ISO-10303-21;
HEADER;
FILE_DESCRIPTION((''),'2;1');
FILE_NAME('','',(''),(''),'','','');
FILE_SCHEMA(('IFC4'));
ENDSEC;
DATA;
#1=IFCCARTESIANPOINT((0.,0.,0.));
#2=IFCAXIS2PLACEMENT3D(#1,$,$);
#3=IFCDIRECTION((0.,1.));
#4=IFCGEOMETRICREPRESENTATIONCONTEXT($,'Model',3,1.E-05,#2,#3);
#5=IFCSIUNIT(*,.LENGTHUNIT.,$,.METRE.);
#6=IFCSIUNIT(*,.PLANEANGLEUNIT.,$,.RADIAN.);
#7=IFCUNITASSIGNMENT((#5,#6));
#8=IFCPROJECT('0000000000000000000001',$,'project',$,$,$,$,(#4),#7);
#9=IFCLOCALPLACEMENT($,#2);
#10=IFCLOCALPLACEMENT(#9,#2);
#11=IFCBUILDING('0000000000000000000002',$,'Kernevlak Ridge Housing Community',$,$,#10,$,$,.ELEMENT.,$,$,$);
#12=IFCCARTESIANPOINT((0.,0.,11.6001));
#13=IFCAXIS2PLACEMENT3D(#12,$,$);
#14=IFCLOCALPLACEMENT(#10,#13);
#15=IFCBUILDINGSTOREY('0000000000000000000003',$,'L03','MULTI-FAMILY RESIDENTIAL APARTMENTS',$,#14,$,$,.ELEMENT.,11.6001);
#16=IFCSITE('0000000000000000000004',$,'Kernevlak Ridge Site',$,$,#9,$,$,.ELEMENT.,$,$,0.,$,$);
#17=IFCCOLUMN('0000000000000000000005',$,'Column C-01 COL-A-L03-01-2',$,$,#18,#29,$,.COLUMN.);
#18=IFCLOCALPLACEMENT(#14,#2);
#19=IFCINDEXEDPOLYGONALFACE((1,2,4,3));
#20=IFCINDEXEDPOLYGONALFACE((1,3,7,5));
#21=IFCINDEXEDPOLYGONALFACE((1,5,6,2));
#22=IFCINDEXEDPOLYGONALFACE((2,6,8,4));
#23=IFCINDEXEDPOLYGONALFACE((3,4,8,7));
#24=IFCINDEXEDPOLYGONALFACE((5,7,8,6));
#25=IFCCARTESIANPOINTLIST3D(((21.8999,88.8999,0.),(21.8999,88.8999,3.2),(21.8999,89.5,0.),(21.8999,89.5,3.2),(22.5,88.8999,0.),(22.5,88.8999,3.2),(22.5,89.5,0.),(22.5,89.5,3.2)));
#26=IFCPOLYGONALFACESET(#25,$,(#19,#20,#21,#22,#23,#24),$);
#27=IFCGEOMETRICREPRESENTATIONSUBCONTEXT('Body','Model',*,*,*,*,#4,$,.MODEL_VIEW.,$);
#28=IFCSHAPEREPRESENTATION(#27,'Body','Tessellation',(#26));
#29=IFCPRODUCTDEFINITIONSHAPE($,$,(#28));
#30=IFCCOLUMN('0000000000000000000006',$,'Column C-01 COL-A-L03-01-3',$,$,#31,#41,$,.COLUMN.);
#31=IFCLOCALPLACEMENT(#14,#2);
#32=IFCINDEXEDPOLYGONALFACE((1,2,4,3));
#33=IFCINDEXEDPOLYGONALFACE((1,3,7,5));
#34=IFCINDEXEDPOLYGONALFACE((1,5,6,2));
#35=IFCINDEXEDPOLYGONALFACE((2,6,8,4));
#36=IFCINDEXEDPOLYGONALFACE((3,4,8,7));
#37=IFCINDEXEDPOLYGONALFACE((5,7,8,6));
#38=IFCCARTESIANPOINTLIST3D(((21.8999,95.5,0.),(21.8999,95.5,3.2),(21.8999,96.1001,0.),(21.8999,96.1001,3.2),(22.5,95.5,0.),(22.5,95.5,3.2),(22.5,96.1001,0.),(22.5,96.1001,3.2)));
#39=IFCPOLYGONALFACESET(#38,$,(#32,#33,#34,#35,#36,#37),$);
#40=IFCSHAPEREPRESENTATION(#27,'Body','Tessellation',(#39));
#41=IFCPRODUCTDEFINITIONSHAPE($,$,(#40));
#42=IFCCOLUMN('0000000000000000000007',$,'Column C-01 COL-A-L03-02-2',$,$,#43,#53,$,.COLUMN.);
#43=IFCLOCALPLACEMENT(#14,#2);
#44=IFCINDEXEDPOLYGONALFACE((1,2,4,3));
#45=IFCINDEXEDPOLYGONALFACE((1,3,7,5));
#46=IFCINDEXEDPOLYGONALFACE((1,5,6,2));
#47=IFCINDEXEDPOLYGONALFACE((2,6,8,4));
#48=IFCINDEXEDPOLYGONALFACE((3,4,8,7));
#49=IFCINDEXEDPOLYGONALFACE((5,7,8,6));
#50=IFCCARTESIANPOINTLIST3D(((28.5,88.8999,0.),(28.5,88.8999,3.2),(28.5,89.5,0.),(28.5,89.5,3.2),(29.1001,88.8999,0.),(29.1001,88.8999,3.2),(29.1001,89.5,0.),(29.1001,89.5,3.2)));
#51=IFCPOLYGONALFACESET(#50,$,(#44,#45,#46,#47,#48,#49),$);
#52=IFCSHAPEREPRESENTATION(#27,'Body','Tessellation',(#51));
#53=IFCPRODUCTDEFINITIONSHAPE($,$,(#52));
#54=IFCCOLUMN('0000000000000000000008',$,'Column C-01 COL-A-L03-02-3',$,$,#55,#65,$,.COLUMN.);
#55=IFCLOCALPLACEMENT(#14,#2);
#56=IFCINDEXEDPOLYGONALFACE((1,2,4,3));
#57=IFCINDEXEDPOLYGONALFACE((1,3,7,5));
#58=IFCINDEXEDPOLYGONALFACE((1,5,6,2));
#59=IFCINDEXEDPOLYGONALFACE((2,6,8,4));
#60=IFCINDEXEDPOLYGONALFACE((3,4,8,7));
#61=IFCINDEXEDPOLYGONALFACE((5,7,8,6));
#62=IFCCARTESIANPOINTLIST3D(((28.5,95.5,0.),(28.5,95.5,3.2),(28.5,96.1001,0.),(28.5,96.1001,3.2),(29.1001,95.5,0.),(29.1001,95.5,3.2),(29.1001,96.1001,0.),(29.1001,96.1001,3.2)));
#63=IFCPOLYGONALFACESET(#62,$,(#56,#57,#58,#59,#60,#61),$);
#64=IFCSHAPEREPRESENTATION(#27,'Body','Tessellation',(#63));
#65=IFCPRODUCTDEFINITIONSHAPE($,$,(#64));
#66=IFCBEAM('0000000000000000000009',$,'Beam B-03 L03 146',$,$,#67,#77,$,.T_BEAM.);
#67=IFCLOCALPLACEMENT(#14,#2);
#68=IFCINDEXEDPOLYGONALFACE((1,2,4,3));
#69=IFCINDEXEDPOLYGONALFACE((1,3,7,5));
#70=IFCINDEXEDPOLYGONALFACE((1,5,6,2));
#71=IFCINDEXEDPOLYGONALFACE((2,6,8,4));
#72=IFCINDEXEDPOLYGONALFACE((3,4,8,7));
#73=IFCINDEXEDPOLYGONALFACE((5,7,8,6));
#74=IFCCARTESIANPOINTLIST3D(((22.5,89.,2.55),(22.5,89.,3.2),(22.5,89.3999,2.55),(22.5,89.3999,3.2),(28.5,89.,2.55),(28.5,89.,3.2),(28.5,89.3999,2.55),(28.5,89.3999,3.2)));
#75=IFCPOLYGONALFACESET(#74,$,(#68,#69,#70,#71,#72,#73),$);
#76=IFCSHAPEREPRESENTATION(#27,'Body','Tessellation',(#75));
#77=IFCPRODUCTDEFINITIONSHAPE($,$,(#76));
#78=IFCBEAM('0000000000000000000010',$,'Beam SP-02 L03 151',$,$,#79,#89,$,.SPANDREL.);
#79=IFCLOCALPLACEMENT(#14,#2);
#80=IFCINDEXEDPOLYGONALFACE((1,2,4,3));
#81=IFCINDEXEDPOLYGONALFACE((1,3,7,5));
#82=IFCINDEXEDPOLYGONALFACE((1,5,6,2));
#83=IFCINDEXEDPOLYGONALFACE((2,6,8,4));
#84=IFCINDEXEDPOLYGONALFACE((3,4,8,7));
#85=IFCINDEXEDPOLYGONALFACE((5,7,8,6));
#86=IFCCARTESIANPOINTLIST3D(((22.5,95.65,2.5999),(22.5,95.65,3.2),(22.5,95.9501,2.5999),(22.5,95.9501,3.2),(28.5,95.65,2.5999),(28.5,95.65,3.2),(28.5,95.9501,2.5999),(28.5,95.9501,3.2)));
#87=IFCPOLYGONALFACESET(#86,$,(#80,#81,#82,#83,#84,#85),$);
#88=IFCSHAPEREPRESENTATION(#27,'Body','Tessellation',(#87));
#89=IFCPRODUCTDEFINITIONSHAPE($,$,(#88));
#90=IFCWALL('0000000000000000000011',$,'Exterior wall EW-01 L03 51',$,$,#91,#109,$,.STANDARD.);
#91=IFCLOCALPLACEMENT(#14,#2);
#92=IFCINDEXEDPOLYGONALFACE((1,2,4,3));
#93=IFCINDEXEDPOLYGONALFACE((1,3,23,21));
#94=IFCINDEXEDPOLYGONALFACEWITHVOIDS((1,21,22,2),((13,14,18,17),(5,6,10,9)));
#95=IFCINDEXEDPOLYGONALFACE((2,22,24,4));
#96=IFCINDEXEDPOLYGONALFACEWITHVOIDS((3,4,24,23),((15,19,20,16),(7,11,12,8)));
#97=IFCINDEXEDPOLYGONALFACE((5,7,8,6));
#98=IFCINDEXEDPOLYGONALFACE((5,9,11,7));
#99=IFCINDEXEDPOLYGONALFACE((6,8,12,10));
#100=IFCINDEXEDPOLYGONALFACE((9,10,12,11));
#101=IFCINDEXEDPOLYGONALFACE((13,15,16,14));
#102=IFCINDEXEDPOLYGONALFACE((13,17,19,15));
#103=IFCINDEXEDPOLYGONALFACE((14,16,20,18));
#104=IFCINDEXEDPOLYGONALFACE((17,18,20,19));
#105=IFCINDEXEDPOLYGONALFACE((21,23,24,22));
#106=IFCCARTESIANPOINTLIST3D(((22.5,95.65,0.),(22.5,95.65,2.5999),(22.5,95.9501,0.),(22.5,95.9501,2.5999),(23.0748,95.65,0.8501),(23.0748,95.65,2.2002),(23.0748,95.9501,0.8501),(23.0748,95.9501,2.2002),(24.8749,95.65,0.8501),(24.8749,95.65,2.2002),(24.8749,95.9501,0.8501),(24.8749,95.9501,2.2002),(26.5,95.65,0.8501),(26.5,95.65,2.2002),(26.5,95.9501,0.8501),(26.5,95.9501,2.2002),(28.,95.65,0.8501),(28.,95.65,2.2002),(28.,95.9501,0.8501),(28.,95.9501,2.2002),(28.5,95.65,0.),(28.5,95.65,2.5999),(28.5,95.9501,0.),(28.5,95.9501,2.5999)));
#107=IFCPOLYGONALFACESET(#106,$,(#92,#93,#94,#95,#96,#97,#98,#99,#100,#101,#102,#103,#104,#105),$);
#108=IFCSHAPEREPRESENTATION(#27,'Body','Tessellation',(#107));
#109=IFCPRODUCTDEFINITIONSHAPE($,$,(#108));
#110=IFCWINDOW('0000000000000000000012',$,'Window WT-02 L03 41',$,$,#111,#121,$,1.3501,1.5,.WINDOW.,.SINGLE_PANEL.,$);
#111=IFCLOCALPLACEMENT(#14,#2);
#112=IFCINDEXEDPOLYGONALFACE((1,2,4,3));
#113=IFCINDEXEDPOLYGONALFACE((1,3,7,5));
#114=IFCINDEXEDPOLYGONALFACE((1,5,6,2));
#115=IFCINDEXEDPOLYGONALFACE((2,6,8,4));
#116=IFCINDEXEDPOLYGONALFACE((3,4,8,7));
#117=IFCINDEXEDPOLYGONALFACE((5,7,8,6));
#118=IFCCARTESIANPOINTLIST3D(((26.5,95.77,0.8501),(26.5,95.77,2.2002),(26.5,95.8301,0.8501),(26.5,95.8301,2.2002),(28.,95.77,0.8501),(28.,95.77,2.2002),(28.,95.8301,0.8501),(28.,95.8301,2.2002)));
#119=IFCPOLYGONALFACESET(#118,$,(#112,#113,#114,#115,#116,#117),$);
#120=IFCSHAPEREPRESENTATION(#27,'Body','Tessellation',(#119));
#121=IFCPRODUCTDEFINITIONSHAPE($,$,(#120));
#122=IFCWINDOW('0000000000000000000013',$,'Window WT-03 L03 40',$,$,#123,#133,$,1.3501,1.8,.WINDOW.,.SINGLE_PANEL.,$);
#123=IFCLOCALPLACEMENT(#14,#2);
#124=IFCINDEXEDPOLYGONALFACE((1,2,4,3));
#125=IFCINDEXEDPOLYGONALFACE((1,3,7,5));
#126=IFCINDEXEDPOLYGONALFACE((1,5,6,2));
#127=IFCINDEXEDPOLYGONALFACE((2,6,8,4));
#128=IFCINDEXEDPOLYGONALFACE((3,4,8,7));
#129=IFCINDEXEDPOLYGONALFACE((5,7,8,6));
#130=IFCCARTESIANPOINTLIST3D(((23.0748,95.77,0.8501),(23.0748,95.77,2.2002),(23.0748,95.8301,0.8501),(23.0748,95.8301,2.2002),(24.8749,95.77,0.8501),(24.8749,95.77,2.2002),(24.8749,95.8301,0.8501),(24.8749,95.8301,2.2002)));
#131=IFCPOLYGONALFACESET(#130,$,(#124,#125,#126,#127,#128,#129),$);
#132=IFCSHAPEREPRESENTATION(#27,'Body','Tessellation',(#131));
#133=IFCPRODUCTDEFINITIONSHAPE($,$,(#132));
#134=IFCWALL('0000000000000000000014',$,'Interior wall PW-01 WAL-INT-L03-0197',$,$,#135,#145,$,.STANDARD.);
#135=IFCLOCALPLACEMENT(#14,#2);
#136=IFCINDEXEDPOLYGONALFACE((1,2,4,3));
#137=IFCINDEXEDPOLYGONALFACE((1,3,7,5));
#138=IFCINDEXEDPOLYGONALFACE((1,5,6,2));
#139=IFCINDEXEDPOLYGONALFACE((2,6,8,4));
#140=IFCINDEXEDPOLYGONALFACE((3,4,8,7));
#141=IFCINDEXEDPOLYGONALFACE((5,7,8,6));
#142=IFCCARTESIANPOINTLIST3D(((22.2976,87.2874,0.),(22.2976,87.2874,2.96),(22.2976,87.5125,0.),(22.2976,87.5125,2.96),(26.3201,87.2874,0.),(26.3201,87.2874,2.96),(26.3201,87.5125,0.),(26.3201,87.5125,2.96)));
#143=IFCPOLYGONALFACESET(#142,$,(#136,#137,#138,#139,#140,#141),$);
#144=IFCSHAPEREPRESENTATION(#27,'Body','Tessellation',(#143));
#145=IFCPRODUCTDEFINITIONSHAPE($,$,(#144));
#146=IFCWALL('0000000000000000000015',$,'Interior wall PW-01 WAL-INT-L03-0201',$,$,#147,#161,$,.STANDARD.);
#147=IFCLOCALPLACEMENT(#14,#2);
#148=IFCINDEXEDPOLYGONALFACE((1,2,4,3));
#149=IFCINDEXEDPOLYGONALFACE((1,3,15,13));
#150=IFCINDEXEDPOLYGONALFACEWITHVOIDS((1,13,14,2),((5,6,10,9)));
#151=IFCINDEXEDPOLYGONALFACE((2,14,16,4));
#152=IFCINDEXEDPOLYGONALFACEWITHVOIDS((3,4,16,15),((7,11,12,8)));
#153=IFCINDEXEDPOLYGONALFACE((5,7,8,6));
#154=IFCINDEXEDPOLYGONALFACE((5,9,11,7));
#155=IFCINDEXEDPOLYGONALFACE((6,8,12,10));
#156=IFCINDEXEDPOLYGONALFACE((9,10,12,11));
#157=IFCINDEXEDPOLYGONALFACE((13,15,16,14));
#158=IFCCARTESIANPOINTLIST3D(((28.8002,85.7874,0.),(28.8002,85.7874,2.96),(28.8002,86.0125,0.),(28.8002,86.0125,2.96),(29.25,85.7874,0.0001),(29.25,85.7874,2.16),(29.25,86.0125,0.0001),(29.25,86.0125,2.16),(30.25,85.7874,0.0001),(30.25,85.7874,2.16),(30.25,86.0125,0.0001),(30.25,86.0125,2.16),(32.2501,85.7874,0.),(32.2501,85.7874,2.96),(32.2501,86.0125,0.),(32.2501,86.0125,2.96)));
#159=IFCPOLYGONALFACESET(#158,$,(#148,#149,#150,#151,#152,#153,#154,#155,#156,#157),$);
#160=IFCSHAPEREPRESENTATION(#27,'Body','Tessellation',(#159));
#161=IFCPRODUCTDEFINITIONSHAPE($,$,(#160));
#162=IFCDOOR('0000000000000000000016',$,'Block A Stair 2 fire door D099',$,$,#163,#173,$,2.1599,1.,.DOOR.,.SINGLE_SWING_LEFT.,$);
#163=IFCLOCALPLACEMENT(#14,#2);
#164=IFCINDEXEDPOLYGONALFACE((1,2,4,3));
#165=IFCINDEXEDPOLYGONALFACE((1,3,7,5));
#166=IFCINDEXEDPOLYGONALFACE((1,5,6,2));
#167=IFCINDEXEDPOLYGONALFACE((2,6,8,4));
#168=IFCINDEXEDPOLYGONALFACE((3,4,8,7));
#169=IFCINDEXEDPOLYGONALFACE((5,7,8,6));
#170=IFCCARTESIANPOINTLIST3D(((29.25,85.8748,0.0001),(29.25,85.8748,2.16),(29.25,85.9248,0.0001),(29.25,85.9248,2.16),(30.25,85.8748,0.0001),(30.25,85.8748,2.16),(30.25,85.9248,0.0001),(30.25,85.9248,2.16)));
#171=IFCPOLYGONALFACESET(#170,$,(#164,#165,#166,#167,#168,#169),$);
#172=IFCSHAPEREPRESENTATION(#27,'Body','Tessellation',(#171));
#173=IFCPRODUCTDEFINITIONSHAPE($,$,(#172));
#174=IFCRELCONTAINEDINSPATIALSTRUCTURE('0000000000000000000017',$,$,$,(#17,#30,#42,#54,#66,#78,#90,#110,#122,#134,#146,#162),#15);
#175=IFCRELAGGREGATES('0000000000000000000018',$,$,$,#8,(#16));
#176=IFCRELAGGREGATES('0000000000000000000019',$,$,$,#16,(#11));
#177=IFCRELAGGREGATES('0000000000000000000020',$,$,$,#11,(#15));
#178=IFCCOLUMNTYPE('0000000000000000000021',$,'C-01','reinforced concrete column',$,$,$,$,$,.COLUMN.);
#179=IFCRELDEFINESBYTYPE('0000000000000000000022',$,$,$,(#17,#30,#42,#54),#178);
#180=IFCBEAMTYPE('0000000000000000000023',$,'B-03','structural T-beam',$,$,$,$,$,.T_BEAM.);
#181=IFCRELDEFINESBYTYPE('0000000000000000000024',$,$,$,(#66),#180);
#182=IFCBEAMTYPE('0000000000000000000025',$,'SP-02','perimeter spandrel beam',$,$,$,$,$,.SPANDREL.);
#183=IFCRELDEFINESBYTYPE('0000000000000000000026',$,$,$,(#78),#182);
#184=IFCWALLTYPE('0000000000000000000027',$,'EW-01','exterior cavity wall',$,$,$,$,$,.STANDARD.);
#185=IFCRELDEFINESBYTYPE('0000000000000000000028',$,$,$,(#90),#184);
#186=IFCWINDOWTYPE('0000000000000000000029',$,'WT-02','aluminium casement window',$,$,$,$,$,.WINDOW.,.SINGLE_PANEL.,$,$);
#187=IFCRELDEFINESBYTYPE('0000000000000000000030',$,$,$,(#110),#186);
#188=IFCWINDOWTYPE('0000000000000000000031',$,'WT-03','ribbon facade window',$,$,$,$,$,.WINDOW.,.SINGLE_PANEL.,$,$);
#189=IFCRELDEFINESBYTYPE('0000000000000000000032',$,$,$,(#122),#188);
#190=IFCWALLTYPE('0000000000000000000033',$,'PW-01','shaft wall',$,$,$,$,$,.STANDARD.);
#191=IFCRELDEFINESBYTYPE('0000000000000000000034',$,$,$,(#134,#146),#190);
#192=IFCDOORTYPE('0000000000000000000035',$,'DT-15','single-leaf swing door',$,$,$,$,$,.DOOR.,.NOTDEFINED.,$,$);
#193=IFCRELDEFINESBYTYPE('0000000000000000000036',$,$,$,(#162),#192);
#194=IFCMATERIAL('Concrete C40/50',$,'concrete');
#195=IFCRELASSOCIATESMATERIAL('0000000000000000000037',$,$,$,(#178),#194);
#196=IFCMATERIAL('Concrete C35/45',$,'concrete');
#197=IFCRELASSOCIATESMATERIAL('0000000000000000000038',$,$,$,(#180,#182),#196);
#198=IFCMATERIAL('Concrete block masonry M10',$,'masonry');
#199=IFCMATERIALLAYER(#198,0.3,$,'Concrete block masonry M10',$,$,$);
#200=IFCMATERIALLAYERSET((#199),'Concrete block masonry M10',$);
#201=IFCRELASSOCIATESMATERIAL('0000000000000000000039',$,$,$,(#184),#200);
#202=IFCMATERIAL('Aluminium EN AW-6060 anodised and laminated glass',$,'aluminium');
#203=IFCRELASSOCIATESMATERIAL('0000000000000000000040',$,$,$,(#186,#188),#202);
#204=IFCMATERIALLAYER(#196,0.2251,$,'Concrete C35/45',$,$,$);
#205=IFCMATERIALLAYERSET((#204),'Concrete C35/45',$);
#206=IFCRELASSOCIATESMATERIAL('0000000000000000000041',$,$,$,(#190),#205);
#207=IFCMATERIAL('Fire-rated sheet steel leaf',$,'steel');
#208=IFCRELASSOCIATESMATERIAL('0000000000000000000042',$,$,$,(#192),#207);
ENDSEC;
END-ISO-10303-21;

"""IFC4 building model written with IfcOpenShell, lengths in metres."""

from ifc_helpers import new_model, si_unit, direction, frame, frame_2d, origin, origin_2d, place, context, subcontext, project, spatial, rectangle, extrude, material, layer, layer_set, material_profile, profile_set, type_object, element, fill, save


model = new_model("IFC4")

# Units and contexts
model_context = context("Model", 3, precision=1e-05, world=origin(), true_north=direction((0.0, 1.0)))
body_context = subcontext(model_context, "Body", "Model", "MODEL_VIEW")
ifc_project = project(units=[si_unit("LENGTHUNIT", "METRE"), si_unit("PLANEANGLEUNIT", "RADIAN")], contexts=[model_context])

# Site, building, storey
site_placement = place(None, origin())
site = spatial("IfcSite", under=ifc_project, at=site_placement, Name="Kernevlak Ridge Site", CompositionType="ELEMENT", RefElevation=0.0)
building_placement = place(site_placement, origin())
building = spatial("IfcBuilding", under=site, at=building_placement, Name="Kernevlak Ridge Housing Community", CompositionType="ELEMENT")
storey_placement = place(building_placement, frame((0.0, 0.0, 11.6001)))
storey = spatial("IfcBuildingStorey", under=building, at=storey_placement, Name="L03", Description="MULTI-FAMILY RESIDENTIAL APARTMENTS", CompositionType="ELEMENT", Elevation=11.6001)

# Columns
ifc_material_1 = material(Name="Concrete C40/50", Category="concrete")
ifc_material_profile_1 = material_profile(ifc_material_1, rectangle(XDim=0.6001, YDim=0.6001, at=origin_2d()), Name="RC 600x600")
ifc_profile_set_1 = profile_set([ifc_material_profile_1], Name="Concrete C40/50")
column_type = type_object("IfcColumnType", Name="C-01", Description="reinforced concrete column", PredefinedType="COLUMN", material=ifc_profile_set_1)
for number, where, z_axis, x_axis, name in (
    (1, (22.2, 89.2, 0.0), (0.0, 0.0, 1.0), (1.0, 0.0, 0.0), "Column C-01 COL-A-L03-01-2"),
    (2, (22.2, 95.8, 0.0), (0.0, 0.0, 1.0), (1.0, 0.0, 0.0), "Column C-01 COL-A-L03-01-3"),
    (3, (28.8, 89.2, 0.0), (0.0, 0.0, 1.0), (1.0, 0.0, 0.0), "Column C-01 COL-A-L03-02-2"),
    (4, (28.8, 95.8, 0.0), (0.0, 0.0, 1.0), (1.0, 0.0, 0.0), "Column C-01 COL-A-L03-02-3"),
):
    element("IfcColumn", number, at=place(storey_placement, frame(where, z_axis=z_axis, x_axis=x_axis)), inside=storey, type_object=column_type, Name=name, PredefinedType="COLUMN", context=body_context, shape_type="SweptSolid", body=[
        extrude(rectangle(XDim=0.6001, YDim=0.6001, at=origin_2d()), origin(), (0.0, 0.0, 1.0), 3.2),
    ])

# Beams
ifc_material_2 = material(Name="Concrete C35/45", Category="concrete")
ifc_material_profile_2 = material_profile(ifc_material_2, rectangle(XDim=0.3999, YDim=0.6499, at=origin_2d()), Name="RC 400x650")
ifc_profile_set_2 = profile_set([ifc_material_profile_2], Name="Concrete C35/45")
beam_type_1 = type_object("IfcBeamType", Name="B-03", Description="structural T-beam", PredefinedType="T_BEAM", material=ifc_profile_set_2)
beam_1_placement = place(storey_placement, frame((22.5, 89.2, 2.875), z_axis=(1.0, 0.0, 0.0), x_axis=(0.0, 1.0, 0.0)))
element("IfcBeam", 5, at=beam_1_placement, inside=storey, type_object=beam_type_1, Name="Beam B-03 L03 146", PredefinedType="T_BEAM", context=body_context, shape_type="SweptSolid", body=[
    extrude(rectangle(XDim=0.3999, YDim=0.6499, at=origin_2d()), origin(), (0.0, 0.0, 1.0), 6.0),
])
ifc_material_profile_3 = material_profile(ifc_material_2, rectangle(XDim=0.3, YDim=0.6001, at=origin_2d()), Name="RC 300x600")
ifc_profile_set_3 = profile_set([ifc_material_profile_3], Name="Concrete C35/45")
beam_type_2 = type_object("IfcBeamType", Name="SP-02", Description="perimeter spandrel beam", PredefinedType="SPANDREL", material=ifc_profile_set_3)
beam_2_placement = place(storey_placement, frame((22.5, 95.8, 2.8999), z_axis=(1.0, 0.0, 0.0), x_axis=(0.0, 1.0, 0.0)))
element("IfcBeam", 6, at=beam_2_placement, inside=storey, type_object=beam_type_2, Name="Beam SP-02 L03 151", PredefinedType="SPANDREL", context=body_context, shape_type="SweptSolid", body=[
    extrude(rectangle(XDim=0.3, YDim=0.6001, at=origin_2d()), origin(), (0.0, 0.0, 1.0), 6.0),
])

# Wall, openings, windows
ifc_material_3 = material(Name="Concrete block masonry M10", Category="masonry")
ifc_layer_1 = layer(ifc_material_3, 0.3, Name="Concrete block masonry M10")
ifc_layer_set_1 = layer_set([ifc_layer_1], Name="Concrete block masonry M10")
wall_type_1 = type_object("IfcWallType", Name="EW-01", Description="exterior cavity wall", PredefinedType="STANDARD", material=ifc_layer_set_1)
wall_1_placement = place(storey_placement, frame((22.5, 95.8, 0.0), z_axis=(0.0, 0.0, 1.0), x_axis=(1.0, 0.0, 0.0)))
wall_1 = element("IfcWall", 7, at=wall_1_placement, inside=storey, type_object=wall_type_1, Name="Exterior wall EW-01 L03 51", PredefinedType="STANDARD", context=body_context, shape_type="SweptSolid", body=[
    extrude(rectangle(XDim=6.0, YDim=0.3, at=frame_2d((3.0, 0.0))), origin(), (0.0, 0.0, 1.0), 2.5999),
])
opening_1_placement = place(wall_1_placement, frame((0.575, 0.0, 0.8501)))
opening_1 = element("IfcOpeningElement", 8, at=opening_1_placement, cuts=wall_1, PredefinedType="OPENING", context=body_context, shape_type="SweptSolid", body=[
    extrude(rectangle(XDim=1.8, YDim=1.3501, at=frame_2d((0.8999, 0.675))), frame((0.0, 0.1599, 0.0), z_axis=(0.0, -1.0, 0.0), x_axis=(1.0, 0.0, 0.0)), (0.0, 0.0, 1.0), 0.3201),
])
opening_2_placement = place(wall_1_placement, frame((4.0, 0.0, 0.8501)))
opening_2 = element("IfcOpeningElement", 9, at=opening_2_placement, cuts=wall_1, PredefinedType="OPENING", context=body_context, shape_type="SweptSolid", body=[
    extrude(rectangle(XDim=1.5, YDim=1.3501, at=frame_2d((0.75, 0.675))), frame((0.0, 0.1599, 0.0), z_axis=(0.0, -1.0, 0.0), x_axis=(1.0, 0.0, 0.0)), (0.0, 0.0, 1.0), 0.3201),
])
ifc_material_4 = material(Name="Aluminium EN AW-6060 anodised and laminated glass", Category="aluminium")
window_type_1 = type_object("IfcWindowType", Name="WT-02", Description="aluminium casement window", PartitioningType="SINGLE_PANEL", PredefinedType="WINDOW", material=ifc_material_4)
window_1_placement = place(opening_2_placement, origin())
window_1 = element("IfcWindow", 10, at=window_1_placement, inside=storey, type_object=window_type_1, Name="Window WT-02 L03 41", OverallHeight=1.3501, OverallWidth=1.5, PartitioningType="SINGLE_PANEL", PredefinedType="WINDOW", context=body_context, shape_type="SweptSolid", body=[
    extrude(rectangle(XDim=1.5, YDim=1.3501, at=frame_2d((0.75, 0.675))), frame((0.0, 0.03, 0.0), z_axis=(0.0, -1.0, 0.0), x_axis=(1.0, 0.0, 0.0)), (0.0, 0.0, 1.0), 0.0601),
])
fill(opening_2, window_1)
window_type_2 = type_object("IfcWindowType", Name="WT-03", Description="ribbon facade window", PartitioningType="SINGLE_PANEL", PredefinedType="WINDOW", material=ifc_material_4)
window_2_placement = place(opening_1_placement, origin())
window_2 = element("IfcWindow", 11, at=window_2_placement, inside=storey, type_object=window_type_2, Name="Window WT-03 L03 40", OverallHeight=1.3501, OverallWidth=1.8, PartitioningType="SINGLE_PANEL", PredefinedType="WINDOW", context=body_context, shape_type="SweptSolid", body=[
    extrude(rectangle(XDim=1.8, YDim=1.3501, at=frame_2d((0.8999, 0.675))), frame((0.0, 0.03, 0.0), z_axis=(0.0, -1.0, 0.0), x_axis=(1.0, 0.0, 0.0)), (0.0, 0.0, 1.0), 0.0601),
])
fill(opening_1, window_2)

# Wall
ifc_layer_2 = layer(ifc_material_2, 0.2251, Name="Concrete C35/45")
ifc_layer_set_2 = layer_set([ifc_layer_2], Name="Concrete C35/45")
wall_type_2 = type_object("IfcWallType", Name="PW-01", Description="shaft wall", PredefinedType="STANDARD", material=ifc_layer_set_2)
wall_2_placement = place(storey_placement, frame((22.2976, 87.3999, 0.0), z_axis=(0.0, 0.0, 1.0), x_axis=(1.0, 0.0, 0.0)))
element("IfcWall", 12, at=wall_2_placement, inside=storey, type_object=wall_type_2, Name="Interior wall PW-01 WAL-INT-L03-0197", PredefinedType="STANDARD", context=body_context, shape_type="SweptSolid", body=[
    extrude(rectangle(XDim=4.0225, YDim=0.2251, at=frame_2d((2.0112, 0.0))), origin(), (0.0, 0.0, 1.0), 2.96),
])

# Wall, opening, door
wall_3_placement = place(storey_placement, frame((28.8, 85.8999, 0.0), z_axis=(0.0, 0.0, 1.0), x_axis=(1.0, 0.0, 0.0)))
wall_3 = element("IfcWall", 13, at=wall_3_placement, inside=storey, type_object=wall_type_2, Name="Interior wall PW-01 WAL-INT-L03-0201", PredefinedType="STANDARD", context=body_context, shape_type="SweptSolid", body=[
    extrude(rectangle(XDim=3.45, YDim=0.2251, at=frame_2d((1.7251, 0.0))), origin(), (0.0, 0.0, 1.0), 2.96),
])
opening_3_placement = place(wall_3_placement, frame((0.45, 0.0, 0.0)))
opening_3 = element("IfcOpeningElement", 14, at=opening_3_placement, cuts=wall_3, PredefinedType="OPENING", context=body_context, shape_type="SweptSolid", body=[
    extrude(rectangle(XDim=1.0, YDim=2.1599, at=frame_2d((0.5, 1.0801))), frame((0.0, 0.1226, 0.0), z_axis=(0.0, -1.0, 0.0), x_axis=(1.0, 0.0, 0.0)), (0.0, 0.0, 1.0), 0.2451),
])
ifc_material_5 = material(Name="Fire-rated sheet steel leaf", Category="steel")
door_type_1 = type_object("IfcDoorType", Name="DT-15", Description="single-leaf swing door", OperationType="NOTDEFINED", PredefinedType="DOOR", material=ifc_material_5)
door_1_placement = place(opening_3_placement, origin())
door_1 = element("IfcDoor", 15, at=door_1_placement, inside=storey, type_object=door_type_1, Name="Block A Stair 2 fire door D099", OperationType="SINGLE_SWING_LEFT", OverallHeight=2.1599, OverallWidth=1.0, PredefinedType="DOOR", context=body_context, shape_type="SweptSolid", body=[
    extrude(rectangle(XDim=1.0, YDim=2.1599, at=frame_2d((0.5, 1.0801))), frame((0.0, 0.0249, 0.0), z_axis=(0.0, -1.0, 0.0), x_axis=(1.0, 0.0, 0.0)), (0.0, 0.0, 1.0), 0.05),
])
fill(opening_3, door_1)

save(model, "model.ifc")
